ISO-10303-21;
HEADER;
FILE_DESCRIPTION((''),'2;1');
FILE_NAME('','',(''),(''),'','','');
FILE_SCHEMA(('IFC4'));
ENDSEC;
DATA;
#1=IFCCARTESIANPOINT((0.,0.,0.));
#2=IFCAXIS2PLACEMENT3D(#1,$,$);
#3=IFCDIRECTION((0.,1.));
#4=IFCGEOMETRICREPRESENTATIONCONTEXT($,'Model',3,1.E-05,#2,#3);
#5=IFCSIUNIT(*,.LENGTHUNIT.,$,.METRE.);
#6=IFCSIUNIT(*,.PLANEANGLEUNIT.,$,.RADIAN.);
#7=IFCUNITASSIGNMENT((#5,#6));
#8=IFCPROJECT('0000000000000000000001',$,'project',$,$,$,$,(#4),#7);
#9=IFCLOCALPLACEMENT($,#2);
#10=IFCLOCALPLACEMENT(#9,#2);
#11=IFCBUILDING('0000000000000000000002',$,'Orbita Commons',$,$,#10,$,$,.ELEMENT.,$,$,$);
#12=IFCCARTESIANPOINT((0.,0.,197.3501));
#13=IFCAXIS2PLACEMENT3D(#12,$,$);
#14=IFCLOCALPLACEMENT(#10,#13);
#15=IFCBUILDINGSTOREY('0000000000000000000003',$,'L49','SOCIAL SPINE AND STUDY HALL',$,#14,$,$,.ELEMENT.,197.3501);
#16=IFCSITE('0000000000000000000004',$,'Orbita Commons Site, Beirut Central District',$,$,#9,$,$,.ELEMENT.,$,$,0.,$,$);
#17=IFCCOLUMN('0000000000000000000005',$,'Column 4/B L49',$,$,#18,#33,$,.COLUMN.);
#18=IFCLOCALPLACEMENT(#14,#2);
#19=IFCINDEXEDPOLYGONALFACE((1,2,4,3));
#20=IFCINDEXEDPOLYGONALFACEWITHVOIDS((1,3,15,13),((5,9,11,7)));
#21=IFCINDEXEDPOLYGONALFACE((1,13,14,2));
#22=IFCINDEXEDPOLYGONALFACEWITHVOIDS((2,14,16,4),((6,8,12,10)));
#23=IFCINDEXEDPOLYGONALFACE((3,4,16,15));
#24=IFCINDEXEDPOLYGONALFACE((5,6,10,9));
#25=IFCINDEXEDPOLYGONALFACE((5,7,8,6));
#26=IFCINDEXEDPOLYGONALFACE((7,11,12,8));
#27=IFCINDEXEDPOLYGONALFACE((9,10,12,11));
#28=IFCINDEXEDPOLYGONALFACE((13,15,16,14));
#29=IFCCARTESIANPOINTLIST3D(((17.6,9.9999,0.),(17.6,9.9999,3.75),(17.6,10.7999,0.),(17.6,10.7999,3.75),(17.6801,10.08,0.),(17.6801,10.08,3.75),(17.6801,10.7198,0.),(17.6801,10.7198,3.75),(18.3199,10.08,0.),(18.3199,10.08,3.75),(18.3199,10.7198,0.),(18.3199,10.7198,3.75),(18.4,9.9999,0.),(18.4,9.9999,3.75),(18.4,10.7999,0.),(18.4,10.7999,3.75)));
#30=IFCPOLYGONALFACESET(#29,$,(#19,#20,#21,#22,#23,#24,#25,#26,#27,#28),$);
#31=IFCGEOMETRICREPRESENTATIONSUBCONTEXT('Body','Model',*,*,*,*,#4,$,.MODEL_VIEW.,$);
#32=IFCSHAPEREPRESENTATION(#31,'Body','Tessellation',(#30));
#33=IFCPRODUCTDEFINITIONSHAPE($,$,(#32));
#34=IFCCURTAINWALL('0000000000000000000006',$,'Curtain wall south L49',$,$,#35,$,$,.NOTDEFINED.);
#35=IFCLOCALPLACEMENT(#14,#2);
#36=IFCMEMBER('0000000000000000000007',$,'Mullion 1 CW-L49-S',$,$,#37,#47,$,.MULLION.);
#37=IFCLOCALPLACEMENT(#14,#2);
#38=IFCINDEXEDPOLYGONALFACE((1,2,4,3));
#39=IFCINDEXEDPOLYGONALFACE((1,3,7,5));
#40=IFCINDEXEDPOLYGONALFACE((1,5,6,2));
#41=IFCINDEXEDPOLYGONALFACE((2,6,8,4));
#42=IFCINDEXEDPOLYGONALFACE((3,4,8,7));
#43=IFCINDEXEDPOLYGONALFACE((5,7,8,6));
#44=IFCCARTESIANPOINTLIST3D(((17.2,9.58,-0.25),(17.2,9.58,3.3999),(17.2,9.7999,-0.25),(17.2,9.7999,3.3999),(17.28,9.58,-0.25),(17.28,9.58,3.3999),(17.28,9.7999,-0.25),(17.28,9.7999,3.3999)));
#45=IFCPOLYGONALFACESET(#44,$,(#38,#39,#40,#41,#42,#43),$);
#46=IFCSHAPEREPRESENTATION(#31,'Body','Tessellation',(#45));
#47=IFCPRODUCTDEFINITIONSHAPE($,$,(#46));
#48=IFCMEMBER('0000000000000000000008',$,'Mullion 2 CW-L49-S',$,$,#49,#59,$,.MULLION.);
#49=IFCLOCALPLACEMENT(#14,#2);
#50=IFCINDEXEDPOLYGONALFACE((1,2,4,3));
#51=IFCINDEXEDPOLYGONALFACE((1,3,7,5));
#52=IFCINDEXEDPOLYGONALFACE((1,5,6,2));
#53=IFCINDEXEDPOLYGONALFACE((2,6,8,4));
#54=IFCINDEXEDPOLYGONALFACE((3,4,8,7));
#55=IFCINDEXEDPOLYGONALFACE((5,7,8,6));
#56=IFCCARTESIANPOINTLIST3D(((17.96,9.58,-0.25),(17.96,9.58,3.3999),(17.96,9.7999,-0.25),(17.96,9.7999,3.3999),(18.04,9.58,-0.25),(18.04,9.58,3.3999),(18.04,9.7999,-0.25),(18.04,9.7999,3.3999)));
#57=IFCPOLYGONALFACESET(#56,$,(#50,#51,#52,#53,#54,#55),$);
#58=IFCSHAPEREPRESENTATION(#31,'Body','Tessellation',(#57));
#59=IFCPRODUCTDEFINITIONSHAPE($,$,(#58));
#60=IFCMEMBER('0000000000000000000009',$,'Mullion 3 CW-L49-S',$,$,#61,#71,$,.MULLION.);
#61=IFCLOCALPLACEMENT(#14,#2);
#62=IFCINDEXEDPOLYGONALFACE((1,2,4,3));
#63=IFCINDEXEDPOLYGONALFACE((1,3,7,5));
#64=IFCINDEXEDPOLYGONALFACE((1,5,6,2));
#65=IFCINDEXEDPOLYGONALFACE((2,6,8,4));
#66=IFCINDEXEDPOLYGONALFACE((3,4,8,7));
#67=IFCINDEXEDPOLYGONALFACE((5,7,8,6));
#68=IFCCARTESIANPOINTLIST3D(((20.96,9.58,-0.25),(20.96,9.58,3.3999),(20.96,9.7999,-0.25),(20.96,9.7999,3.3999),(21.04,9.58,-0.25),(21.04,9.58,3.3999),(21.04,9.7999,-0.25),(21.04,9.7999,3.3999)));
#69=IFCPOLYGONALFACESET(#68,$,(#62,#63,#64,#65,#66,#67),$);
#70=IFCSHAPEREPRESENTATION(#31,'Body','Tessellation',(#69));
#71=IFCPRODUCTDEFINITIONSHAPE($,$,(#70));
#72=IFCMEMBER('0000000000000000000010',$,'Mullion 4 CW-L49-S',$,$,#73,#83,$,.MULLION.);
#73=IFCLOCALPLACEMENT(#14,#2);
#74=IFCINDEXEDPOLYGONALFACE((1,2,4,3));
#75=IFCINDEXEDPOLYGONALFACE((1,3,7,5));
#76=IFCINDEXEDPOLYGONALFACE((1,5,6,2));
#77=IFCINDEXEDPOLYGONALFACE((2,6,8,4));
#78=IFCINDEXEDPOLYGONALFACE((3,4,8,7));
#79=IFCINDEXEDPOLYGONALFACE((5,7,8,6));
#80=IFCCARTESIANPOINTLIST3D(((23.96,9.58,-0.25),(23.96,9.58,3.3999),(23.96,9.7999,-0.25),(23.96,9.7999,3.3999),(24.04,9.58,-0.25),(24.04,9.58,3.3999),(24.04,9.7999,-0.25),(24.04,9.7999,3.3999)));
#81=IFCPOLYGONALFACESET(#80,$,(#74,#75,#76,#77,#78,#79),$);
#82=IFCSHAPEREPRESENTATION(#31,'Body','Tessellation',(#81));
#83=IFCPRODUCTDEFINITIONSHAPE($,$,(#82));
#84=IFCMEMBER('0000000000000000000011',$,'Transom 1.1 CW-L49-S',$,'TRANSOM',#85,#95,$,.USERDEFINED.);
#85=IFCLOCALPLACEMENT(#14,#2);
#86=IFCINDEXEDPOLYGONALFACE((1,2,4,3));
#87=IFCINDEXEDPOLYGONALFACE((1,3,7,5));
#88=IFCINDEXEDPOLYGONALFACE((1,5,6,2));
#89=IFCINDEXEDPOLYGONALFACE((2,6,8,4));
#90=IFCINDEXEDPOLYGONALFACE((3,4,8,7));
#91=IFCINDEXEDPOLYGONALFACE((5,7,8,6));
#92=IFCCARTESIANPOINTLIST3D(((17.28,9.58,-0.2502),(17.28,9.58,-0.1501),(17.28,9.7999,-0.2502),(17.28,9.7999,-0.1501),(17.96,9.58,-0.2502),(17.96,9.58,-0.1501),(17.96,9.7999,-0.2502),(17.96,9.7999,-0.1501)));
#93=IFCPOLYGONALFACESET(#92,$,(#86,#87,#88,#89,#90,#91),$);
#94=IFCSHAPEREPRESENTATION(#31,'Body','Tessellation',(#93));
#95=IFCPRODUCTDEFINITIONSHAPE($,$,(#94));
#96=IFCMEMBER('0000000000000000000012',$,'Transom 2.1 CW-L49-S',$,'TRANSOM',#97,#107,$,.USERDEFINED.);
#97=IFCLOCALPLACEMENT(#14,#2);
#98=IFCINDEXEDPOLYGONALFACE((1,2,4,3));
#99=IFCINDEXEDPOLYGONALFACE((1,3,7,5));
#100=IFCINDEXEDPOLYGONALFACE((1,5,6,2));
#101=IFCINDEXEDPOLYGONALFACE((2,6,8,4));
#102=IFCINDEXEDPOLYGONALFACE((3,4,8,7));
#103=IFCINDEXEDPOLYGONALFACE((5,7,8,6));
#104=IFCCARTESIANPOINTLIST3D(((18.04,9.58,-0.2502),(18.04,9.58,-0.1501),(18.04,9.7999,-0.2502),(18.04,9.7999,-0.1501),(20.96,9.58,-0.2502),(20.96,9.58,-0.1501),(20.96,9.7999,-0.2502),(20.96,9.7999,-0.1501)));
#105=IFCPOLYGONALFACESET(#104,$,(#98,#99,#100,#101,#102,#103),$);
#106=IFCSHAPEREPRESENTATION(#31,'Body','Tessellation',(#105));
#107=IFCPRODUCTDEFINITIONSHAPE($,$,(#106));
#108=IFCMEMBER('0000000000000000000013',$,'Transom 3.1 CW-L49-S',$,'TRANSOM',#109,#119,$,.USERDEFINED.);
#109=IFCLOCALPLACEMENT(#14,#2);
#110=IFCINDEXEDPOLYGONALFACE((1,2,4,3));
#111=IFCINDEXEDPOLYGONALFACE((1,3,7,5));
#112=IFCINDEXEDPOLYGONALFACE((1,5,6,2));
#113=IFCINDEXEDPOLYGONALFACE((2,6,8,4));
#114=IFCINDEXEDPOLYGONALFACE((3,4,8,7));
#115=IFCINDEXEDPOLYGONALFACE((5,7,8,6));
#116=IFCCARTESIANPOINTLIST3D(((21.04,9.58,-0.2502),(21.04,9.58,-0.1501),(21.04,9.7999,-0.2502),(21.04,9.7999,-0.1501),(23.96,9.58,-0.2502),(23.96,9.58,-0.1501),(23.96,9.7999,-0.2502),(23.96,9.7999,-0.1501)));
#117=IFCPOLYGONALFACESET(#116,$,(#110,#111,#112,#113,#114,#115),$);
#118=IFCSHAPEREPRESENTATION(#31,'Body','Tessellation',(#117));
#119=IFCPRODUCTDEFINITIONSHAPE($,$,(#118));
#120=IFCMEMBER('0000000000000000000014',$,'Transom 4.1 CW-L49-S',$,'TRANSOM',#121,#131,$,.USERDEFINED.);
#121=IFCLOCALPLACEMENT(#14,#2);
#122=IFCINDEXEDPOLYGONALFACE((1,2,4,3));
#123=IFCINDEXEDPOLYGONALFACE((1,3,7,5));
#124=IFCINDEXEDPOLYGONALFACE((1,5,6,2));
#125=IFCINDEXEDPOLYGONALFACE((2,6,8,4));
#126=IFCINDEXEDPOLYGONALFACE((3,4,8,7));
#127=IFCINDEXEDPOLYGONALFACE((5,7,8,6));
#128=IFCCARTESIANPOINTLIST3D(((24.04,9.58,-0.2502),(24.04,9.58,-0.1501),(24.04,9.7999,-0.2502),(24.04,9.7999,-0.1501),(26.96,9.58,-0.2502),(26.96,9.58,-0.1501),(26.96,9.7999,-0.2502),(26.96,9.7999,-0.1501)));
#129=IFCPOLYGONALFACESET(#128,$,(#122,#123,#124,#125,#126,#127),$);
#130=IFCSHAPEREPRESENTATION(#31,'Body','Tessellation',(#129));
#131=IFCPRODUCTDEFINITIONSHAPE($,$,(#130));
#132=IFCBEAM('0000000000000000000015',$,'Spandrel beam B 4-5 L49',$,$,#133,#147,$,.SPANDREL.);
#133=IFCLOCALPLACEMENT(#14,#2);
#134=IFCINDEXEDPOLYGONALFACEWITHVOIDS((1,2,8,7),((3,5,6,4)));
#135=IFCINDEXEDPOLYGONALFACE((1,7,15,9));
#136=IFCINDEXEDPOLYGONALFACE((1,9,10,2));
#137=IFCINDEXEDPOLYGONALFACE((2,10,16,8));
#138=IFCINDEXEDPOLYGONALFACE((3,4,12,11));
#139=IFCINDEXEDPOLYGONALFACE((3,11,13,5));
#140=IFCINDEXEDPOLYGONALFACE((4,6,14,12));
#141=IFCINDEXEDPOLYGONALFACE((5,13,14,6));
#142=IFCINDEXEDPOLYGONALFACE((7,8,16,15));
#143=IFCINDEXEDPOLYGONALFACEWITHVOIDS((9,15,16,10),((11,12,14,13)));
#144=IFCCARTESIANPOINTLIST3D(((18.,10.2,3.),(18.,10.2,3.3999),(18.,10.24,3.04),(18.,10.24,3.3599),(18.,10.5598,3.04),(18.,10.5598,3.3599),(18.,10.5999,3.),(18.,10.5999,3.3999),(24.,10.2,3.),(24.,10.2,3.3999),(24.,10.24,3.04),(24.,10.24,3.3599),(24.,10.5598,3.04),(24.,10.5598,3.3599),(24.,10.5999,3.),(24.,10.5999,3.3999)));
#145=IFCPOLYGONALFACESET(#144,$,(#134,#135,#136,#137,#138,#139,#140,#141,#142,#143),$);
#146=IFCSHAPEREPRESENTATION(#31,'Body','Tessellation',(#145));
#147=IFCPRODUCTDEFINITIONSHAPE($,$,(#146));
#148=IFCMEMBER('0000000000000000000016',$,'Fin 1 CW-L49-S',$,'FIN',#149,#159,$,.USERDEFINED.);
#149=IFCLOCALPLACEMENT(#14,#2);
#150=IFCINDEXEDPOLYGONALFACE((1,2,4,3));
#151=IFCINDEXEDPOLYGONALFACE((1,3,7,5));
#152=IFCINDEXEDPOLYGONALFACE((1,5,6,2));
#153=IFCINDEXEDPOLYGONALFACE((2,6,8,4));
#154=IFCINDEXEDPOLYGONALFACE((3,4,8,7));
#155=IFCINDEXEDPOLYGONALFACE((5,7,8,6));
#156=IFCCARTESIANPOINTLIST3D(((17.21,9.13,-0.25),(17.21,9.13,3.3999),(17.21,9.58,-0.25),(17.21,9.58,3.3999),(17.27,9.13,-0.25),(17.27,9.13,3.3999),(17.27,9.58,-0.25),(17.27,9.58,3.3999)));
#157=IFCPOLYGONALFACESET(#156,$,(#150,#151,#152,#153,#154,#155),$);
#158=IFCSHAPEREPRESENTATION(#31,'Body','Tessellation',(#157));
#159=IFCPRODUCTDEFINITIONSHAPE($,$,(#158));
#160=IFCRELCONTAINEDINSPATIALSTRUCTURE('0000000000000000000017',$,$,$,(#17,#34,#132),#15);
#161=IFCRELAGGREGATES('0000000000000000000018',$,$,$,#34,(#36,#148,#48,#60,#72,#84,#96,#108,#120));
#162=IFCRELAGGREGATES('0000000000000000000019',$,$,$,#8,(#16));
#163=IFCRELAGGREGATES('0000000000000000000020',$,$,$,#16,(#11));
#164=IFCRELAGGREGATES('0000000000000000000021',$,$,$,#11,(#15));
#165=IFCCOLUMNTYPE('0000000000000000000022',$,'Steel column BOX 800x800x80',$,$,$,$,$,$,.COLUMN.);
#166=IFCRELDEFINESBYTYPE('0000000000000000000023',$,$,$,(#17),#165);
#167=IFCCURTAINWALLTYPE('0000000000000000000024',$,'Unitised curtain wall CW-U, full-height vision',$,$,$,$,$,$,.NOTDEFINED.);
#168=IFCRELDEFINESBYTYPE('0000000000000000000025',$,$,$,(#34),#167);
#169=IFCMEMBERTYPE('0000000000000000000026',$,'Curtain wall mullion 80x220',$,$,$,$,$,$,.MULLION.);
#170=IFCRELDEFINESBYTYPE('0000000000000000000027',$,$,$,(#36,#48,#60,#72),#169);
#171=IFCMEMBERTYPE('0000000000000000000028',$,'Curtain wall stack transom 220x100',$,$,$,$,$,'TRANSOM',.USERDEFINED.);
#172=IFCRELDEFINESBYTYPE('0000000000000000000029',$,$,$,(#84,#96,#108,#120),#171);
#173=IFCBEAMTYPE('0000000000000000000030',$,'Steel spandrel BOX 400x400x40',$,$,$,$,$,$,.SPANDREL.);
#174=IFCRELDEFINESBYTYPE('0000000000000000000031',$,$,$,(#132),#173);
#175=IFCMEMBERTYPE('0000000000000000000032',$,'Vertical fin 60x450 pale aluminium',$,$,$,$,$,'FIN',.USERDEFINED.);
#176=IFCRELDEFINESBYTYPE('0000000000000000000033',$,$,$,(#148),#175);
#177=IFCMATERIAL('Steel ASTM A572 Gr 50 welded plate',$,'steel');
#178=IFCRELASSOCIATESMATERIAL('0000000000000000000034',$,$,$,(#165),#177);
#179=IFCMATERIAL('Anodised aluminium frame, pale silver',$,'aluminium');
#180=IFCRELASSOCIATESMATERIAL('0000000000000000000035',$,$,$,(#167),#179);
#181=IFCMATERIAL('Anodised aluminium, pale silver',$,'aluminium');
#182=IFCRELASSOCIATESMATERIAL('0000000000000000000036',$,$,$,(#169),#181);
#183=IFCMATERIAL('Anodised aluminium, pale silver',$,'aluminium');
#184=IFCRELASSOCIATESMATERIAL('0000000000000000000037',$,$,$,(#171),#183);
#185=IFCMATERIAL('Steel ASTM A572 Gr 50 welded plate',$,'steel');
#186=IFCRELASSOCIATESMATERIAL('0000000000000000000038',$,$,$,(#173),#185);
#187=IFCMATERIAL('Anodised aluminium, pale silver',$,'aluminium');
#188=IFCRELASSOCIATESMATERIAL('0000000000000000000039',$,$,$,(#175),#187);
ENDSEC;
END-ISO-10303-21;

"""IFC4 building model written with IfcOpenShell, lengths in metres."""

from ifc_helpers import new_model, si_unit, direction, frame, origin, origin_2d, place, context, subcontext, project, spatial, rectangle, hollow_rectangle, extrude, material, material_profile, profile_set, type_object, element, aggregate, save


model = new_model("IFC4")

# Units and contexts
model_context = context("Model", 3, precision=1e-05, world=origin(), true_north=direction((0.0, 1.0)))
body_context = subcontext(model_context, "Body", "Model", "MODEL_VIEW")
ifc_project = project(units=[si_unit("LENGTHUNIT", "METRE"), si_unit("PLANEANGLEUNIT", "RADIAN")], contexts=[model_context])

# Site, building, storey
site_placement = place(None, origin())
site = spatial("IfcSite", under=ifc_project, at=site_placement, Name="Orbita Commons Site, Beirut Central District", CompositionType="ELEMENT", RefElevation=0.0)
building_placement = place(site_placement, origin())
building = spatial("IfcBuilding", under=site, at=building_placement, Name="Orbita Commons", CompositionType="ELEMENT")
storey_placement = place(building_placement, frame((0.0, 0.0, 197.3501)))
storey = spatial("IfcBuildingStorey", under=building, at=storey_placement, Name="L49", Description="SOCIAL SPINE AND STUDY HALL", CompositionType="ELEMENT", Elevation=197.3501)

# Column
ifc_material_1 = material(Name="Steel ASTM A572 Gr 50 welded plate", Category="steel")
ifc_material_profile_1 = material_profile(ifc_material_1, hollow_rectangle(XDim=0.8, YDim=0.8, WallThickness=0.0801, at=origin_2d()), Name="BOX 800x800x80")
ifc_profile_set_1 = profile_set([ifc_material_profile_1], Name="Steel ASTM A572 Gr 50 welded plate")
column_type = type_object("IfcColumnType", Name="Steel column BOX 800x800x80", PredefinedType="COLUMN", material=ifc_profile_set_1)
column_placement = place(storey_placement, frame((18.0, 10.3999, 0.0), z_axis=(0.0, 0.0, 1.0), x_axis=(1.0, 0.0, 0.0)))
element("IfcColumn", 1, at=column_placement, inside=storey, type_object=column_type, Name="Column 4/B L49", PredefinedType="COLUMN", context=body_context, shape_type="SweptSolid", body=[
    extrude(hollow_rectangle(XDim=0.8, YDim=0.8, WallThickness=0.0801, at=origin_2d()), origin(), (0.0, 0.0, 1.0), 3.75),
])

# Curtain wall, members
ifc_material_2 = material(Name="Anodised aluminium frame, pale silver", Category="aluminium")
curtain_wall_type = type_object("IfcCurtainWallType", Name="Unitised curtain wall CW-U, full-height vision", PredefinedType="NOTDEFINED", material=ifc_material_2)
curtain_wall_placement = place(storey_placement, origin())
curtain_wall = element("IfcCurtainWall", 2, at=curtain_wall_placement, inside=storey, type_object=curtain_wall_type, Name="Curtain wall south L49", PredefinedType="NOTDEFINED")
ifc_material_3 = material(Name="Anodised aluminium, pale silver", Category="aluminium")
ifc_material_profile_2 = material_profile(ifc_material_3, rectangle(XDim=0.0801, YDim=0.22, at=origin_2d()), Name="AL 80x220")
ifc_profile_set_2 = profile_set([ifc_material_profile_2], Name="Anodised aluminium, pale silver")
member_type_1 = type_object("IfcMemberType", Name="Curtain wall mullion 80x220", PredefinedType="MULLION", material=ifc_profile_set_2)
member_1_placement = place(storey_placement, frame((17.24, 9.6899, -0.25), z_axis=(0.0, 0.0, 1.0), x_axis=(1.0, 0.0, 0.0)))
member_1 = element("IfcMember", 3, at=member_1_placement, type_object=member_type_1, Name="Mullion 1 CW-L49-S", PredefinedType="MULLION", context=body_context, shape_type="SweptSolid", body=[
    extrude(rectangle(XDim=0.0801, YDim=0.22, at=origin_2d()), origin(), (0.0, 0.0, 1.0), 3.6499),
])
member_2_placement = place(storey_placement, frame((18.0, 9.6899, -0.25), z_axis=(0.0, 0.0, 1.0), x_axis=(1.0, 0.0, 0.0)))
member_2 = element("IfcMember", 4, at=member_2_placement, type_object=member_type_1, Name="Mullion 2 CW-L49-S", PredefinedType="MULLION", context=body_context, shape_type="SweptSolid", body=[
    extrude(rectangle(XDim=0.0801, YDim=0.22, at=origin_2d()), origin(), (0.0, 0.0, 1.0), 3.6499),
])
member_3_placement = place(storey_placement, frame((21.0, 9.6899, -0.25), z_axis=(0.0, 0.0, 1.0), x_axis=(1.0, 0.0, 0.0)))
member_3 = element("IfcMember", 5, at=member_3_placement, type_object=member_type_1, Name="Mullion 3 CW-L49-S", PredefinedType="MULLION", context=body_context, shape_type="SweptSolid", body=[
    extrude(rectangle(XDim=0.0801, YDim=0.22, at=origin_2d()), origin(), (0.0, 0.0, 1.0), 3.6499),
])
member_4_placement = place(storey_placement, frame((24.0, 9.6899, -0.25), z_axis=(0.0, 0.0, 1.0), x_axis=(1.0, 0.0, 0.0)))
member_4 = element("IfcMember", 6, at=member_4_placement, type_object=member_type_1, Name="Mullion 4 CW-L49-S", PredefinedType="MULLION", context=body_context, shape_type="SweptSolid", body=[
    extrude(rectangle(XDim=0.0801, YDim=0.22, at=origin_2d()), origin(), (0.0, 0.0, 1.0), 3.6499),
])
ifc_material_4 = material(Name="Anodised aluminium, pale silver", Category="aluminium")
ifc_material_profile_3 = material_profile(ifc_material_4, rectangle(XDim=0.22, YDim=0.1001, at=origin_2d()), Name="AL 220x100")
ifc_profile_set_3 = profile_set([ifc_material_profile_3], Name="Anodised aluminium, pale silver")
member_type_2 = type_object("IfcMemberType", Name="Curtain wall stack transom 220x100", ElementType="TRANSOM", PredefinedType="USERDEFINED", material=ifc_profile_set_3)
member_5_placement = place(storey_placement, frame((17.28, 9.6899, -0.2002), z_axis=(1.0, 0.0, 0.0), x_axis=(0.0, 1.0, 0.0)))
member_5 = element("IfcMember", 7, at=member_5_placement, type_object=member_type_2, Name="Transom 1.1 CW-L49-S", ObjectType="TRANSOM", PredefinedType="USERDEFINED", context=body_context, shape_type="SweptSolid", body=[
    extrude(rectangle(XDim=0.22, YDim=0.1001, at=origin_2d()), origin(), (0.0, 0.0, 1.0), 0.6799),
])
member_6_placement = place(storey_placement, frame((18.04, 9.6899, -0.2002), z_axis=(1.0, 0.0, 0.0), x_axis=(0.0, 1.0, 0.0)))
member_6 = element("IfcMember", 8, at=member_6_placement, type_object=member_type_2, Name="Transom 2.1 CW-L49-S", ObjectType="TRANSOM", PredefinedType="USERDEFINED", context=body_context, shape_type="SweptSolid", body=[
    extrude(rectangle(XDim=0.22, YDim=0.1001, at=origin_2d()), origin(), (0.0, 0.0, 1.0), 2.9199),
])
member_7_placement = place(storey_placement, frame((21.04, 9.6899, -0.2002), z_axis=(1.0, 0.0, 0.0), x_axis=(0.0, 1.0, 0.0)))
member_7 = element("IfcMember", 9, at=member_7_placement, type_object=member_type_2, Name="Transom 3.1 CW-L49-S", ObjectType="TRANSOM", PredefinedType="USERDEFINED", context=body_context, shape_type="SweptSolid", body=[
    extrude(rectangle(XDim=0.22, YDim=0.1001, at=origin_2d()), origin(), (0.0, 0.0, 1.0), 2.9199),
])
member_8_placement = place(storey_placement, frame((24.04, 9.6899, -0.2002), z_axis=(1.0, 0.0, 0.0), x_axis=(0.0, 1.0, 0.0)))
member_8 = element("IfcMember", 10, at=member_8_placement, type_object=member_type_2, Name="Transom 4.1 CW-L49-S", ObjectType="TRANSOM", PredefinedType="USERDEFINED", context=body_context, shape_type="SweptSolid", body=[
    extrude(rectangle(XDim=0.22, YDim=0.1001, at=origin_2d()), origin(), (0.0, 0.0, 1.0), 2.9199),
])

# Beam
ifc_material_5 = material(Name="Steel ASTM A572 Gr 50 welded plate", Category="steel")
ifc_material_profile_4 = material_profile(ifc_material_5, hollow_rectangle(XDim=0.3999, YDim=0.3999, WallThickness=0.04, at=origin_2d()), Name="BOX 400x400x40")
ifc_profile_set_4 = profile_set([ifc_material_profile_4], Name="Steel ASTM A572 Gr 50 welded plate")
beam_type = type_object("IfcBeamType", Name="Steel spandrel BOX 400x400x40", PredefinedType="SPANDREL", material=ifc_profile_set_4)
beam_placement = place(storey_placement, frame((18.0, 10.3999, 3.2), z_axis=(1.0, 0.0, 0.0), x_axis=(0.0, 1.0, 0.0)))
element("IfcBeam", 11, at=beam_placement, inside=storey, type_object=beam_type, Name="Spandrel beam B 4-5 L49", PredefinedType="SPANDREL", context=body_context, shape_type="SweptSolid", body=[
    extrude(hollow_rectangle(XDim=0.3999, YDim=0.3999, WallThickness=0.04, at=origin_2d()), origin(), (0.0, 0.0, 1.0), 6.0),
])

# Member
ifc_material_6 = material(Name="Anodised aluminium, pale silver", Category="aluminium")
ifc_material_profile_5 = material_profile(ifc_material_6, rectangle(XDim=0.0601, YDim=0.45, at=origin_2d()), Name="FIN 60x450")
ifc_profile_set_5 = profile_set([ifc_material_profile_5], Name="Anodised aluminium, pale silver")
member_type_3 = type_object("IfcMemberType", Name="Vertical fin 60x450 pale aluminium", ElementType="FIN", PredefinedType="USERDEFINED", material=ifc_profile_set_5)
member_9_placement = place(storey_placement, frame((17.24, 9.355, -0.25), z_axis=(0.0, 0.0, 1.0), x_axis=(1.0, 0.0, 0.0)))
member_9 = element("IfcMember", 12, at=member_9_placement, type_object=member_type_3, Name="Fin 1 CW-L49-S", ObjectType="FIN", PredefinedType="USERDEFINED", context=body_context, shape_type="SweptSolid", body=[
    extrude(rectangle(XDim=0.0601, YDim=0.45, at=origin_2d()), origin(), (0.0, 0.0, 1.0), 3.6499),
])

aggregate(curtain_wall, [member_1, member_9, member_2, member_3, member_4, member_5, member_6, member_7, member_8])

save(model, "model.ifc")
